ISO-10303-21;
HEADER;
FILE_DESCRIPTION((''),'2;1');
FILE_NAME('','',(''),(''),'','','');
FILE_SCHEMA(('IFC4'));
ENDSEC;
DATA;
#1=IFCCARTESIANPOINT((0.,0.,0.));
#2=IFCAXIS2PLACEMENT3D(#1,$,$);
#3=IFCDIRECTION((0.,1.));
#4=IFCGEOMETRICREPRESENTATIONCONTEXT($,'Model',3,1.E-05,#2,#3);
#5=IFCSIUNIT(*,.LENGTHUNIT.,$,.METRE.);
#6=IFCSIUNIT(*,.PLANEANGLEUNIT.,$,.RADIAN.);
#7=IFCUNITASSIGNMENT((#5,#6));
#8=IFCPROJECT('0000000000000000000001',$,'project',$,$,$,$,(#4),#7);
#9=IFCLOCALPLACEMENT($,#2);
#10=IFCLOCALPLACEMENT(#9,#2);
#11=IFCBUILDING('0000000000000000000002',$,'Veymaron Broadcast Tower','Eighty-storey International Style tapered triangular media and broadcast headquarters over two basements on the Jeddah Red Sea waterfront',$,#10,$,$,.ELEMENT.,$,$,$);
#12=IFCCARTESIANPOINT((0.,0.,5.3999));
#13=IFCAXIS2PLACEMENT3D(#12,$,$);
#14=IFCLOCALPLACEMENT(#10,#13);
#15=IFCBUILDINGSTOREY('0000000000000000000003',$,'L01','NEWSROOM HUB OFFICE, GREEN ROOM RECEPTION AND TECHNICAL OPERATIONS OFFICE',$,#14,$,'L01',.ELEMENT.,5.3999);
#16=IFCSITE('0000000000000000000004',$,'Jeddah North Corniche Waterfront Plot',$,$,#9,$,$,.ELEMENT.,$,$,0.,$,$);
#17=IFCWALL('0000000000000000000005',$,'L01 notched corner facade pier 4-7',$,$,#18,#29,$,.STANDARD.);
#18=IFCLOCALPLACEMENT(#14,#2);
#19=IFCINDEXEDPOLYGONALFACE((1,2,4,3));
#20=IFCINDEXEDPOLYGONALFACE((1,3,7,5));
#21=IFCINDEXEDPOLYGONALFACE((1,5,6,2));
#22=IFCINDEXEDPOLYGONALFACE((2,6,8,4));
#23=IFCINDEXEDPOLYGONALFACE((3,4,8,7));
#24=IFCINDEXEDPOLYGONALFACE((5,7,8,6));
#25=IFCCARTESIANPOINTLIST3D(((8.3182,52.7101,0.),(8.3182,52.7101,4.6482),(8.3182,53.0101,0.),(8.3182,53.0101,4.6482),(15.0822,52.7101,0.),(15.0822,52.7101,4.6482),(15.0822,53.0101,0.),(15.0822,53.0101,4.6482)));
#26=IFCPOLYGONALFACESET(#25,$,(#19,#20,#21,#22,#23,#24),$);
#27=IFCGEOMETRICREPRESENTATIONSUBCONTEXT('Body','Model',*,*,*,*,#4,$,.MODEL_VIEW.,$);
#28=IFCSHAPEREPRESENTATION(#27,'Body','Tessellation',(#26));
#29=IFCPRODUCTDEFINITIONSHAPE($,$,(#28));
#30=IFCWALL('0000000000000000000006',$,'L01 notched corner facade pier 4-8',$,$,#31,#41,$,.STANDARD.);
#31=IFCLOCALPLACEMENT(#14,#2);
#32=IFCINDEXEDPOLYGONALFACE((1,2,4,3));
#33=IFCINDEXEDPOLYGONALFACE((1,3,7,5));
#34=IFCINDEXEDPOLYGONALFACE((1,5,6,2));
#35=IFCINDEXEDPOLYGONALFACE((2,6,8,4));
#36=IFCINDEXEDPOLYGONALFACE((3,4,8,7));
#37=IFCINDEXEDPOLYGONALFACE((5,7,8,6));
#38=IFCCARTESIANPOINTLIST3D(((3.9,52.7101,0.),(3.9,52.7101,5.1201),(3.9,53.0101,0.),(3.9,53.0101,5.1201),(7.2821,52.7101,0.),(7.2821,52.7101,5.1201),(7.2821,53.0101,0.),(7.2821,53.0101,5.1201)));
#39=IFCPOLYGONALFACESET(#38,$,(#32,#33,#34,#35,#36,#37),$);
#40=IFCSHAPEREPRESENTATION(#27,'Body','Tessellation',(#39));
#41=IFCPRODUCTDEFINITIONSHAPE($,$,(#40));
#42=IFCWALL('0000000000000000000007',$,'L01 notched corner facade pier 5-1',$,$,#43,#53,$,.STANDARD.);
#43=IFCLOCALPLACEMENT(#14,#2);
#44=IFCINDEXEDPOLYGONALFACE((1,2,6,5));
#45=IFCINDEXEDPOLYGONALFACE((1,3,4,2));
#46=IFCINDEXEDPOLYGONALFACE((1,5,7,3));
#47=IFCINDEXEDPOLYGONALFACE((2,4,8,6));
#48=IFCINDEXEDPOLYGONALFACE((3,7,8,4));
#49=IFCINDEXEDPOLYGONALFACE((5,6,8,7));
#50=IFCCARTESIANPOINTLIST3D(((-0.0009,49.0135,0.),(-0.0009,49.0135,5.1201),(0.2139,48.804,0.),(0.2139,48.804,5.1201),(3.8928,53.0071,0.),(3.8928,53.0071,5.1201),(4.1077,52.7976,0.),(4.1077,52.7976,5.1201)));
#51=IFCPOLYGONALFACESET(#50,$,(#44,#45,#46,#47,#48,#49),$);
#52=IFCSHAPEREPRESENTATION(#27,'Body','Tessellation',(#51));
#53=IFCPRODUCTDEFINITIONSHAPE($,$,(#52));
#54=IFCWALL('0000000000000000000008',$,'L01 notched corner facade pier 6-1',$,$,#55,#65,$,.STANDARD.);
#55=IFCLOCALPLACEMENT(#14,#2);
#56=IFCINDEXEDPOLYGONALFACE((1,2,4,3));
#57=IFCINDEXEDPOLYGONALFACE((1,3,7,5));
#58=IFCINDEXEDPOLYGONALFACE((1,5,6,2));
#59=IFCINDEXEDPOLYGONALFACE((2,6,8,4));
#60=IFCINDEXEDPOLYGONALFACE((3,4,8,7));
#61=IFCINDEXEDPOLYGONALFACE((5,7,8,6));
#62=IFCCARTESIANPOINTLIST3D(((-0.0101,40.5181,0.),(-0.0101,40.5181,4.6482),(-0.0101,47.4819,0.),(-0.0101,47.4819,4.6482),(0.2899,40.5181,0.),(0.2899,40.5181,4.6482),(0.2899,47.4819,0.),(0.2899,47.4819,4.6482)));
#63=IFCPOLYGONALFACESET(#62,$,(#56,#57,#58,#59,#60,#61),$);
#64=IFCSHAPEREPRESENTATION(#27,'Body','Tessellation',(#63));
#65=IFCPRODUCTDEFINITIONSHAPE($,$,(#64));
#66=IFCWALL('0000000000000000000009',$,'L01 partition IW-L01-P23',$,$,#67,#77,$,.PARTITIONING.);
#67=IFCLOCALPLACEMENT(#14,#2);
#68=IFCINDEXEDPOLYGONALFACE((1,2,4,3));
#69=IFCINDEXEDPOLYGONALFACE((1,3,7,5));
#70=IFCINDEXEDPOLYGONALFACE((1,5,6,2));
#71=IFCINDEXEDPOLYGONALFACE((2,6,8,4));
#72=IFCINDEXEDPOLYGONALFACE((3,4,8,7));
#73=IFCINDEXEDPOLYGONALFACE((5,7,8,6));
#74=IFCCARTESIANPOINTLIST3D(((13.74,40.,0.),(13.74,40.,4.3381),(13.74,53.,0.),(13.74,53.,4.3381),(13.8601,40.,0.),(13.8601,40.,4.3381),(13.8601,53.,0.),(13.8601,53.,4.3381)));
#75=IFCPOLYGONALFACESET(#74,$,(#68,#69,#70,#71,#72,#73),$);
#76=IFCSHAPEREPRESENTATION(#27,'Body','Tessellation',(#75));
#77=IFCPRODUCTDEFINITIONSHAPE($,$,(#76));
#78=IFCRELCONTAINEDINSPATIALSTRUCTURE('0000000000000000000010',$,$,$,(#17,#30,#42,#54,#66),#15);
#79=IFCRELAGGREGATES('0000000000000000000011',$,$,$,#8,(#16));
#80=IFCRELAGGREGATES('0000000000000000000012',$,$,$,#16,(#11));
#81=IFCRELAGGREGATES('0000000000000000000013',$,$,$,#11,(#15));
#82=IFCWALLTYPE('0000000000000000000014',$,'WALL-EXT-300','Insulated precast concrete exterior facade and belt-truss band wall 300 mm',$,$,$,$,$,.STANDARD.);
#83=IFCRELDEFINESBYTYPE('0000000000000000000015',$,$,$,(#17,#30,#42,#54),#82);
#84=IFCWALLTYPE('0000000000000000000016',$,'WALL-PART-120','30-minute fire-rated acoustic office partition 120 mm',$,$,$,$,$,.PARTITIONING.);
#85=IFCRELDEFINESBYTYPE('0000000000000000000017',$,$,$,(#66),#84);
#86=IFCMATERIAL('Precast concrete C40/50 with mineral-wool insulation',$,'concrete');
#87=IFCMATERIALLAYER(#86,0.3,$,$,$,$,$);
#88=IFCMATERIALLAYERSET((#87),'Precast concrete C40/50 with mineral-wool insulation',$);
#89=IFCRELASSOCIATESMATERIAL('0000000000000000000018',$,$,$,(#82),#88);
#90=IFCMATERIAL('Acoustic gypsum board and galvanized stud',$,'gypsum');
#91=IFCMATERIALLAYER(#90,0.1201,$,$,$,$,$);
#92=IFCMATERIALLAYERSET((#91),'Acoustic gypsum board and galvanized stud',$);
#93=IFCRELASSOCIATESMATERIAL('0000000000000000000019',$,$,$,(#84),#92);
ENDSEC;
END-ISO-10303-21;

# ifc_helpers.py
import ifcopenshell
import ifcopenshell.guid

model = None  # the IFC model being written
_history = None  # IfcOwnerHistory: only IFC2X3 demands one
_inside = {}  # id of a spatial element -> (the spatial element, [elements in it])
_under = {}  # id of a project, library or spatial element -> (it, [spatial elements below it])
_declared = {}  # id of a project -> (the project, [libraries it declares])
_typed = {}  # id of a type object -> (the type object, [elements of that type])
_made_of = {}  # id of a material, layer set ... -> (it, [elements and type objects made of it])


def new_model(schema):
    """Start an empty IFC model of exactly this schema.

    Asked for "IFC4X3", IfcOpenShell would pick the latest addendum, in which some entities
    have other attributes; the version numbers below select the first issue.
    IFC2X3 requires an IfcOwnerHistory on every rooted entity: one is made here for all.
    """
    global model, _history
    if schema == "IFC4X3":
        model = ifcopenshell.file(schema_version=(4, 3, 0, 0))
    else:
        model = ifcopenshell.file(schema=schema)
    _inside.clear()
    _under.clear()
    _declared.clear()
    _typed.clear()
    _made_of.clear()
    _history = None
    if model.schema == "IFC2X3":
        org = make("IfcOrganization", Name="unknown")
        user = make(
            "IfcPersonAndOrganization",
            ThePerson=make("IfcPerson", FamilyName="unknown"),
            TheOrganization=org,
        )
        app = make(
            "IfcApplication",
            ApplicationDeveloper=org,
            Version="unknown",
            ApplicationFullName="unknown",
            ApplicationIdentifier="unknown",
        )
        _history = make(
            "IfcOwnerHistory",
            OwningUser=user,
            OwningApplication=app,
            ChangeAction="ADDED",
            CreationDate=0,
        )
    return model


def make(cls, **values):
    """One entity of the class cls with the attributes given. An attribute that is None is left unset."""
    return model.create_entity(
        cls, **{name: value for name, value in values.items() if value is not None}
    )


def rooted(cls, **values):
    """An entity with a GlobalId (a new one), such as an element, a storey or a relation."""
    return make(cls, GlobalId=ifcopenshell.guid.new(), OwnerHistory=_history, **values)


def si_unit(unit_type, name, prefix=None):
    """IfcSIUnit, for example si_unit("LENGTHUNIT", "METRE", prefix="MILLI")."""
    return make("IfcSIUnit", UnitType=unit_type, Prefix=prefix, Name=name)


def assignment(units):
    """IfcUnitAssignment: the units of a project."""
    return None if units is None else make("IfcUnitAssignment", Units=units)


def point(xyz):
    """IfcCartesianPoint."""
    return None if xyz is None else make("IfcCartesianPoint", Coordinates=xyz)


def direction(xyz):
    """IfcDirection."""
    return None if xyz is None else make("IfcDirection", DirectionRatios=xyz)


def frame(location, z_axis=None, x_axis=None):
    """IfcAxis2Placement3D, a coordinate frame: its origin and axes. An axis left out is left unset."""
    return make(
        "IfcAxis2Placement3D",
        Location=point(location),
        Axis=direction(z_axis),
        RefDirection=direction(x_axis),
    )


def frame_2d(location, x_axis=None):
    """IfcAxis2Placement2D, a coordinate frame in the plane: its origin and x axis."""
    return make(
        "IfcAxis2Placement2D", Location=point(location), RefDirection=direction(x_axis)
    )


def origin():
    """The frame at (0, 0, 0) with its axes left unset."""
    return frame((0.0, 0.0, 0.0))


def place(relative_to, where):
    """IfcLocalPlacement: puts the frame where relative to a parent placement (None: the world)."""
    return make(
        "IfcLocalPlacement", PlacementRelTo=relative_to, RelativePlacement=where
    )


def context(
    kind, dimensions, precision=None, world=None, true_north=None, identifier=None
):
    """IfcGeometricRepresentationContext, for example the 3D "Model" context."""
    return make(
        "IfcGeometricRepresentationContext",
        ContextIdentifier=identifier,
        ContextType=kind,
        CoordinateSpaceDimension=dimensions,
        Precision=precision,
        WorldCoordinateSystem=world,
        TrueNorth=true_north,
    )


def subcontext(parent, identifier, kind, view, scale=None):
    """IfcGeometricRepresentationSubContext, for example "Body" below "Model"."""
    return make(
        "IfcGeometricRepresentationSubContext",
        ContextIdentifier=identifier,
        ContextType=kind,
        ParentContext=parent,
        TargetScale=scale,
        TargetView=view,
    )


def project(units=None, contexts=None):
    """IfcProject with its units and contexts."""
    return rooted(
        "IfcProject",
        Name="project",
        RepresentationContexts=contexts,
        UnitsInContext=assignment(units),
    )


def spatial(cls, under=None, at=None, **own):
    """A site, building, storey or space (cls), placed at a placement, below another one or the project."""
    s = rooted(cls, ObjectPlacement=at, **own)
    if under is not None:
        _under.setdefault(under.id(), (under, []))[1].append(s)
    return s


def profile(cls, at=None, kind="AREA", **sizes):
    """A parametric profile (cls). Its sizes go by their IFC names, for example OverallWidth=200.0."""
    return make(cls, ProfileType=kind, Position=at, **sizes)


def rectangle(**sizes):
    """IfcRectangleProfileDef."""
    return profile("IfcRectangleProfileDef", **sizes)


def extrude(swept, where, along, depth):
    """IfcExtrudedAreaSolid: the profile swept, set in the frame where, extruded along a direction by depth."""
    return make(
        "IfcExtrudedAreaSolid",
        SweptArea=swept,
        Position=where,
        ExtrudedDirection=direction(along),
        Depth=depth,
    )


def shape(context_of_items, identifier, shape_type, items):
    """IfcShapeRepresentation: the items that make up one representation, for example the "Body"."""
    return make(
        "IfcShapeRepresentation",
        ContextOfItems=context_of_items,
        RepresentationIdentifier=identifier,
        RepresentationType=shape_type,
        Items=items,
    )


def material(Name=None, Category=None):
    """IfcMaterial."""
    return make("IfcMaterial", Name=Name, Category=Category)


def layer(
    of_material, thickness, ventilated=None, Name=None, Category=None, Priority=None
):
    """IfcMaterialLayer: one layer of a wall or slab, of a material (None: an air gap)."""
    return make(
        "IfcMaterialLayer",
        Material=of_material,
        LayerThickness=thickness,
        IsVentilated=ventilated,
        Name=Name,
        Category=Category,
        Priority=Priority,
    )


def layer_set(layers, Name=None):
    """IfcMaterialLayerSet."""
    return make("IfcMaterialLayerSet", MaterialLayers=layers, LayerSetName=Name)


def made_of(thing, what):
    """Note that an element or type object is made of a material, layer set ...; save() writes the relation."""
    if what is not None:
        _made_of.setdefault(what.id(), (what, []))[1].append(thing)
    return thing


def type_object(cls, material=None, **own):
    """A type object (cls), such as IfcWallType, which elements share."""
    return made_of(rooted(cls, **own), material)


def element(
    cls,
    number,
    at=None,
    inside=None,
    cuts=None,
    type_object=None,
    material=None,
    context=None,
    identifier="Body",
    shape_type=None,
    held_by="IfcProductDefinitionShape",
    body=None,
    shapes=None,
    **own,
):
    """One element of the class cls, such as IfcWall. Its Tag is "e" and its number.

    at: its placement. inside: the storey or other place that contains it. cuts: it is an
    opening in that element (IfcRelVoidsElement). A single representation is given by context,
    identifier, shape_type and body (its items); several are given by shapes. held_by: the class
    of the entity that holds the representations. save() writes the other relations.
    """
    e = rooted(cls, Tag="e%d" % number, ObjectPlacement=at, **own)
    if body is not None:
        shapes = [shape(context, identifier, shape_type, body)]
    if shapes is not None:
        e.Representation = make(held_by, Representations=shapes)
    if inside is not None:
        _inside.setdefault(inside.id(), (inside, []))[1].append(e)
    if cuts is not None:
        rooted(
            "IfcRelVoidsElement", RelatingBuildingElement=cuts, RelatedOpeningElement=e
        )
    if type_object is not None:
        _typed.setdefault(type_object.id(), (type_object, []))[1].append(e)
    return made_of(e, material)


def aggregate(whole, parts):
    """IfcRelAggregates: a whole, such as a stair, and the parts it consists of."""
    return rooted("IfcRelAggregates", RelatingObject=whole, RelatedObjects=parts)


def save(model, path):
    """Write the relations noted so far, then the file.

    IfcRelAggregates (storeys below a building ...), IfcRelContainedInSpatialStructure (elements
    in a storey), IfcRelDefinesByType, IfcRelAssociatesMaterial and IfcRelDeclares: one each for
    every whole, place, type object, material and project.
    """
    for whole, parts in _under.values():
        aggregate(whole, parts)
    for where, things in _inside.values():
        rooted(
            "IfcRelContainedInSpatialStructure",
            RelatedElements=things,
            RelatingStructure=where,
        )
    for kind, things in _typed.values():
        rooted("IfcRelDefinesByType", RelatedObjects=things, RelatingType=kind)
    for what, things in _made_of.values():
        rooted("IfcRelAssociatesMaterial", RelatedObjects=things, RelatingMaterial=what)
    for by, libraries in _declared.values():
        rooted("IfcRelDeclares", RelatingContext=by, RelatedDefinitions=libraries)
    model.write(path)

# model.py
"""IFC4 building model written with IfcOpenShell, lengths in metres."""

from ifc_helpers import new_model, si_unit, direction, frame, frame_2d, origin, place, context, subcontext, project, spatial, rectangle, extrude, material, layer, layer_set, type_object, element, save


model = new_model("IFC4")

# Units and contexts
model_context = context("Model", 3, precision=1e-05, world=origin(), true_north=direction((0.0, 1.0)))
body_context = subcontext(model_context, "Body", "Model", "MODEL_VIEW")
ifc_project = project(units=[si_unit("LENGTHUNIT", "METRE"), si_unit("PLANEANGLEUNIT", "RADIAN")], contexts=[model_context])

# Site, building, storey
site_placement = place(None, origin())
site = spatial("IfcSite", under=ifc_project, at=site_placement, Name="Jeddah North Corniche Waterfront Plot", CompositionType="ELEMENT", RefElevation=0.0)
building_placement = place(site_placement, origin())
building = spatial("IfcBuilding", under=site, at=building_placement, Name="Veymaron Broadcast Tower", Description="Eighty-storey International Style tapered triangular media and broadcast headquarters over two basements on the Jeddah Red Sea waterfront", CompositionType="ELEMENT")
storey_placement = place(building_placement, frame((0.0, 0.0, 5.3999)))
storey = spatial("IfcBuildingStorey", under=building, at=storey_placement, Name="L01", Description="NEWSROOM HUB OFFICE, GREEN ROOM RECEPTION AND TECHNICAL OPERATIONS OFFICE", LongName="L01", CompositionType="ELEMENT", Elevation=5.3999)

# Walls
ifc_material_1 = material(Name="Precast concrete C40/50 with mineral-wool insulation", Category="concrete")
ifc_layer_1 = layer(ifc_material_1, 0.3)
ifc_layer_set_1 = layer_set([ifc_layer_1], Name="Precast concrete C40/50 with mineral-wool insulation")
wall_type_1 = type_object("IfcWallType", Name="WALL-EXT-300", Description="Insulated precast concrete exterior facade and belt-truss band wall 300 mm", PredefinedType="STANDARD", material=ifc_layer_set_1)
wall_1_placement = place(storey_placement, frame((15.082, 52.8601, 0.0), z_axis=(0.0, 0.0, 1.0), x_axis=(-1.0, 0.0, 0.0)))
element("IfcWall", 1, at=wall_1_placement, inside=storey, type_object=wall_type_1, Name="L01 notched corner facade pier 4-7", PredefinedType="STANDARD", context=body_context, shape_type="SweptSolid", body=[
    extrude(rectangle(XDim=6.7639, YDim=0.3, at=frame_2d((3.3818, 0.0))), origin(), (0.0, 0.0, 1.0), 4.6482),
])
wall_2_placement = place(storey_placement, frame((7.282, 52.8601, 0.0), z_axis=(0.0, 0.0, 1.0), x_axis=(-1.0, 0.0, 0.0)))
element("IfcWall", 2, at=wall_2_placement, inside=storey, type_object=wall_type_1, Name="L01 notched corner facade pier 4-8", PredefinedType="STANDARD", context=body_context, shape_type="SweptSolid", body=[
    extrude(rectangle(XDim=3.3821, YDim=0.3, at=frame_2d((1.6909, 0.0))), origin(), (0.0, 0.0, 1.0), 5.1201),
])
wall_3_placement = place(storey_placement, frame((4.0002, 52.9023, 0.0), z_axis=(0.0, 0.0, 1.0), x_axis=(-0.698099, -0.716001, 0.0)))
element("IfcWall", 3, at=wall_3_placement, inside=storey, type_object=wall_type_1, Name="L01 notched corner facade pier 5-1", PredefinedType="STANDARD", context=body_context, shape_type="SweptSolid", body=[
    extrude(rectangle(XDim=5.5776, YDim=0.3, at=frame_2d((2.7888, 0.0))), origin(), (0.0, 0.0, 1.0), 5.1201),
])
wall_4_placement = place(storey_placement, frame((0.1399, 47.4819, 0.0), z_axis=(0.0, 0.0, 1.0), x_axis=(0.0, -1.0, 0.0)))
element("IfcWall", 4, at=wall_4_placement, inside=storey, type_object=wall_type_1, Name="L01 notched corner facade pier 6-1", PredefinedType="STANDARD", context=body_context, shape_type="SweptSolid", body=[
    extrude(rectangle(XDim=6.9639, YDim=0.3, at=frame_2d((3.4819, 0.0))), origin(), (0.0, 0.0, 1.0), 4.6482),
])
ifc_material_2 = material(Name="Acoustic gypsum board and galvanized stud", Category="gypsum")
ifc_layer_2 = layer(ifc_material_2, 0.1201)
ifc_layer_set_2 = layer_set([ifc_layer_2], Name="Acoustic gypsum board and galvanized stud")
wall_type_2 = type_object("IfcWallType", Name="WALL-PART-120", Description="30-minute fire-rated acoustic office partition 120 mm", PredefinedType="PARTITIONING", material=ifc_layer_set_2)
wall_5_placement = place(storey_placement, frame((13.8, 40.0, 0.0), z_axis=(0.0, 0.0, 1.0), x_axis=(0.0, 1.0, 0.0)))
element("IfcWall", 5, at=wall_5_placement, inside=storey, type_object=wall_type_2, Name="L01 partition IW-L01-P23", PredefinedType="PARTITIONING", context=body_context, shape_type="SweptSolid", body=[
    extrude(rectangle(XDim=13.0, YDim=0.1201, at=frame_2d((6.5, 0.0))), origin(), (0.0, 0.0, 1.0), 4.3381),
])

save(model, "model.ifc")
